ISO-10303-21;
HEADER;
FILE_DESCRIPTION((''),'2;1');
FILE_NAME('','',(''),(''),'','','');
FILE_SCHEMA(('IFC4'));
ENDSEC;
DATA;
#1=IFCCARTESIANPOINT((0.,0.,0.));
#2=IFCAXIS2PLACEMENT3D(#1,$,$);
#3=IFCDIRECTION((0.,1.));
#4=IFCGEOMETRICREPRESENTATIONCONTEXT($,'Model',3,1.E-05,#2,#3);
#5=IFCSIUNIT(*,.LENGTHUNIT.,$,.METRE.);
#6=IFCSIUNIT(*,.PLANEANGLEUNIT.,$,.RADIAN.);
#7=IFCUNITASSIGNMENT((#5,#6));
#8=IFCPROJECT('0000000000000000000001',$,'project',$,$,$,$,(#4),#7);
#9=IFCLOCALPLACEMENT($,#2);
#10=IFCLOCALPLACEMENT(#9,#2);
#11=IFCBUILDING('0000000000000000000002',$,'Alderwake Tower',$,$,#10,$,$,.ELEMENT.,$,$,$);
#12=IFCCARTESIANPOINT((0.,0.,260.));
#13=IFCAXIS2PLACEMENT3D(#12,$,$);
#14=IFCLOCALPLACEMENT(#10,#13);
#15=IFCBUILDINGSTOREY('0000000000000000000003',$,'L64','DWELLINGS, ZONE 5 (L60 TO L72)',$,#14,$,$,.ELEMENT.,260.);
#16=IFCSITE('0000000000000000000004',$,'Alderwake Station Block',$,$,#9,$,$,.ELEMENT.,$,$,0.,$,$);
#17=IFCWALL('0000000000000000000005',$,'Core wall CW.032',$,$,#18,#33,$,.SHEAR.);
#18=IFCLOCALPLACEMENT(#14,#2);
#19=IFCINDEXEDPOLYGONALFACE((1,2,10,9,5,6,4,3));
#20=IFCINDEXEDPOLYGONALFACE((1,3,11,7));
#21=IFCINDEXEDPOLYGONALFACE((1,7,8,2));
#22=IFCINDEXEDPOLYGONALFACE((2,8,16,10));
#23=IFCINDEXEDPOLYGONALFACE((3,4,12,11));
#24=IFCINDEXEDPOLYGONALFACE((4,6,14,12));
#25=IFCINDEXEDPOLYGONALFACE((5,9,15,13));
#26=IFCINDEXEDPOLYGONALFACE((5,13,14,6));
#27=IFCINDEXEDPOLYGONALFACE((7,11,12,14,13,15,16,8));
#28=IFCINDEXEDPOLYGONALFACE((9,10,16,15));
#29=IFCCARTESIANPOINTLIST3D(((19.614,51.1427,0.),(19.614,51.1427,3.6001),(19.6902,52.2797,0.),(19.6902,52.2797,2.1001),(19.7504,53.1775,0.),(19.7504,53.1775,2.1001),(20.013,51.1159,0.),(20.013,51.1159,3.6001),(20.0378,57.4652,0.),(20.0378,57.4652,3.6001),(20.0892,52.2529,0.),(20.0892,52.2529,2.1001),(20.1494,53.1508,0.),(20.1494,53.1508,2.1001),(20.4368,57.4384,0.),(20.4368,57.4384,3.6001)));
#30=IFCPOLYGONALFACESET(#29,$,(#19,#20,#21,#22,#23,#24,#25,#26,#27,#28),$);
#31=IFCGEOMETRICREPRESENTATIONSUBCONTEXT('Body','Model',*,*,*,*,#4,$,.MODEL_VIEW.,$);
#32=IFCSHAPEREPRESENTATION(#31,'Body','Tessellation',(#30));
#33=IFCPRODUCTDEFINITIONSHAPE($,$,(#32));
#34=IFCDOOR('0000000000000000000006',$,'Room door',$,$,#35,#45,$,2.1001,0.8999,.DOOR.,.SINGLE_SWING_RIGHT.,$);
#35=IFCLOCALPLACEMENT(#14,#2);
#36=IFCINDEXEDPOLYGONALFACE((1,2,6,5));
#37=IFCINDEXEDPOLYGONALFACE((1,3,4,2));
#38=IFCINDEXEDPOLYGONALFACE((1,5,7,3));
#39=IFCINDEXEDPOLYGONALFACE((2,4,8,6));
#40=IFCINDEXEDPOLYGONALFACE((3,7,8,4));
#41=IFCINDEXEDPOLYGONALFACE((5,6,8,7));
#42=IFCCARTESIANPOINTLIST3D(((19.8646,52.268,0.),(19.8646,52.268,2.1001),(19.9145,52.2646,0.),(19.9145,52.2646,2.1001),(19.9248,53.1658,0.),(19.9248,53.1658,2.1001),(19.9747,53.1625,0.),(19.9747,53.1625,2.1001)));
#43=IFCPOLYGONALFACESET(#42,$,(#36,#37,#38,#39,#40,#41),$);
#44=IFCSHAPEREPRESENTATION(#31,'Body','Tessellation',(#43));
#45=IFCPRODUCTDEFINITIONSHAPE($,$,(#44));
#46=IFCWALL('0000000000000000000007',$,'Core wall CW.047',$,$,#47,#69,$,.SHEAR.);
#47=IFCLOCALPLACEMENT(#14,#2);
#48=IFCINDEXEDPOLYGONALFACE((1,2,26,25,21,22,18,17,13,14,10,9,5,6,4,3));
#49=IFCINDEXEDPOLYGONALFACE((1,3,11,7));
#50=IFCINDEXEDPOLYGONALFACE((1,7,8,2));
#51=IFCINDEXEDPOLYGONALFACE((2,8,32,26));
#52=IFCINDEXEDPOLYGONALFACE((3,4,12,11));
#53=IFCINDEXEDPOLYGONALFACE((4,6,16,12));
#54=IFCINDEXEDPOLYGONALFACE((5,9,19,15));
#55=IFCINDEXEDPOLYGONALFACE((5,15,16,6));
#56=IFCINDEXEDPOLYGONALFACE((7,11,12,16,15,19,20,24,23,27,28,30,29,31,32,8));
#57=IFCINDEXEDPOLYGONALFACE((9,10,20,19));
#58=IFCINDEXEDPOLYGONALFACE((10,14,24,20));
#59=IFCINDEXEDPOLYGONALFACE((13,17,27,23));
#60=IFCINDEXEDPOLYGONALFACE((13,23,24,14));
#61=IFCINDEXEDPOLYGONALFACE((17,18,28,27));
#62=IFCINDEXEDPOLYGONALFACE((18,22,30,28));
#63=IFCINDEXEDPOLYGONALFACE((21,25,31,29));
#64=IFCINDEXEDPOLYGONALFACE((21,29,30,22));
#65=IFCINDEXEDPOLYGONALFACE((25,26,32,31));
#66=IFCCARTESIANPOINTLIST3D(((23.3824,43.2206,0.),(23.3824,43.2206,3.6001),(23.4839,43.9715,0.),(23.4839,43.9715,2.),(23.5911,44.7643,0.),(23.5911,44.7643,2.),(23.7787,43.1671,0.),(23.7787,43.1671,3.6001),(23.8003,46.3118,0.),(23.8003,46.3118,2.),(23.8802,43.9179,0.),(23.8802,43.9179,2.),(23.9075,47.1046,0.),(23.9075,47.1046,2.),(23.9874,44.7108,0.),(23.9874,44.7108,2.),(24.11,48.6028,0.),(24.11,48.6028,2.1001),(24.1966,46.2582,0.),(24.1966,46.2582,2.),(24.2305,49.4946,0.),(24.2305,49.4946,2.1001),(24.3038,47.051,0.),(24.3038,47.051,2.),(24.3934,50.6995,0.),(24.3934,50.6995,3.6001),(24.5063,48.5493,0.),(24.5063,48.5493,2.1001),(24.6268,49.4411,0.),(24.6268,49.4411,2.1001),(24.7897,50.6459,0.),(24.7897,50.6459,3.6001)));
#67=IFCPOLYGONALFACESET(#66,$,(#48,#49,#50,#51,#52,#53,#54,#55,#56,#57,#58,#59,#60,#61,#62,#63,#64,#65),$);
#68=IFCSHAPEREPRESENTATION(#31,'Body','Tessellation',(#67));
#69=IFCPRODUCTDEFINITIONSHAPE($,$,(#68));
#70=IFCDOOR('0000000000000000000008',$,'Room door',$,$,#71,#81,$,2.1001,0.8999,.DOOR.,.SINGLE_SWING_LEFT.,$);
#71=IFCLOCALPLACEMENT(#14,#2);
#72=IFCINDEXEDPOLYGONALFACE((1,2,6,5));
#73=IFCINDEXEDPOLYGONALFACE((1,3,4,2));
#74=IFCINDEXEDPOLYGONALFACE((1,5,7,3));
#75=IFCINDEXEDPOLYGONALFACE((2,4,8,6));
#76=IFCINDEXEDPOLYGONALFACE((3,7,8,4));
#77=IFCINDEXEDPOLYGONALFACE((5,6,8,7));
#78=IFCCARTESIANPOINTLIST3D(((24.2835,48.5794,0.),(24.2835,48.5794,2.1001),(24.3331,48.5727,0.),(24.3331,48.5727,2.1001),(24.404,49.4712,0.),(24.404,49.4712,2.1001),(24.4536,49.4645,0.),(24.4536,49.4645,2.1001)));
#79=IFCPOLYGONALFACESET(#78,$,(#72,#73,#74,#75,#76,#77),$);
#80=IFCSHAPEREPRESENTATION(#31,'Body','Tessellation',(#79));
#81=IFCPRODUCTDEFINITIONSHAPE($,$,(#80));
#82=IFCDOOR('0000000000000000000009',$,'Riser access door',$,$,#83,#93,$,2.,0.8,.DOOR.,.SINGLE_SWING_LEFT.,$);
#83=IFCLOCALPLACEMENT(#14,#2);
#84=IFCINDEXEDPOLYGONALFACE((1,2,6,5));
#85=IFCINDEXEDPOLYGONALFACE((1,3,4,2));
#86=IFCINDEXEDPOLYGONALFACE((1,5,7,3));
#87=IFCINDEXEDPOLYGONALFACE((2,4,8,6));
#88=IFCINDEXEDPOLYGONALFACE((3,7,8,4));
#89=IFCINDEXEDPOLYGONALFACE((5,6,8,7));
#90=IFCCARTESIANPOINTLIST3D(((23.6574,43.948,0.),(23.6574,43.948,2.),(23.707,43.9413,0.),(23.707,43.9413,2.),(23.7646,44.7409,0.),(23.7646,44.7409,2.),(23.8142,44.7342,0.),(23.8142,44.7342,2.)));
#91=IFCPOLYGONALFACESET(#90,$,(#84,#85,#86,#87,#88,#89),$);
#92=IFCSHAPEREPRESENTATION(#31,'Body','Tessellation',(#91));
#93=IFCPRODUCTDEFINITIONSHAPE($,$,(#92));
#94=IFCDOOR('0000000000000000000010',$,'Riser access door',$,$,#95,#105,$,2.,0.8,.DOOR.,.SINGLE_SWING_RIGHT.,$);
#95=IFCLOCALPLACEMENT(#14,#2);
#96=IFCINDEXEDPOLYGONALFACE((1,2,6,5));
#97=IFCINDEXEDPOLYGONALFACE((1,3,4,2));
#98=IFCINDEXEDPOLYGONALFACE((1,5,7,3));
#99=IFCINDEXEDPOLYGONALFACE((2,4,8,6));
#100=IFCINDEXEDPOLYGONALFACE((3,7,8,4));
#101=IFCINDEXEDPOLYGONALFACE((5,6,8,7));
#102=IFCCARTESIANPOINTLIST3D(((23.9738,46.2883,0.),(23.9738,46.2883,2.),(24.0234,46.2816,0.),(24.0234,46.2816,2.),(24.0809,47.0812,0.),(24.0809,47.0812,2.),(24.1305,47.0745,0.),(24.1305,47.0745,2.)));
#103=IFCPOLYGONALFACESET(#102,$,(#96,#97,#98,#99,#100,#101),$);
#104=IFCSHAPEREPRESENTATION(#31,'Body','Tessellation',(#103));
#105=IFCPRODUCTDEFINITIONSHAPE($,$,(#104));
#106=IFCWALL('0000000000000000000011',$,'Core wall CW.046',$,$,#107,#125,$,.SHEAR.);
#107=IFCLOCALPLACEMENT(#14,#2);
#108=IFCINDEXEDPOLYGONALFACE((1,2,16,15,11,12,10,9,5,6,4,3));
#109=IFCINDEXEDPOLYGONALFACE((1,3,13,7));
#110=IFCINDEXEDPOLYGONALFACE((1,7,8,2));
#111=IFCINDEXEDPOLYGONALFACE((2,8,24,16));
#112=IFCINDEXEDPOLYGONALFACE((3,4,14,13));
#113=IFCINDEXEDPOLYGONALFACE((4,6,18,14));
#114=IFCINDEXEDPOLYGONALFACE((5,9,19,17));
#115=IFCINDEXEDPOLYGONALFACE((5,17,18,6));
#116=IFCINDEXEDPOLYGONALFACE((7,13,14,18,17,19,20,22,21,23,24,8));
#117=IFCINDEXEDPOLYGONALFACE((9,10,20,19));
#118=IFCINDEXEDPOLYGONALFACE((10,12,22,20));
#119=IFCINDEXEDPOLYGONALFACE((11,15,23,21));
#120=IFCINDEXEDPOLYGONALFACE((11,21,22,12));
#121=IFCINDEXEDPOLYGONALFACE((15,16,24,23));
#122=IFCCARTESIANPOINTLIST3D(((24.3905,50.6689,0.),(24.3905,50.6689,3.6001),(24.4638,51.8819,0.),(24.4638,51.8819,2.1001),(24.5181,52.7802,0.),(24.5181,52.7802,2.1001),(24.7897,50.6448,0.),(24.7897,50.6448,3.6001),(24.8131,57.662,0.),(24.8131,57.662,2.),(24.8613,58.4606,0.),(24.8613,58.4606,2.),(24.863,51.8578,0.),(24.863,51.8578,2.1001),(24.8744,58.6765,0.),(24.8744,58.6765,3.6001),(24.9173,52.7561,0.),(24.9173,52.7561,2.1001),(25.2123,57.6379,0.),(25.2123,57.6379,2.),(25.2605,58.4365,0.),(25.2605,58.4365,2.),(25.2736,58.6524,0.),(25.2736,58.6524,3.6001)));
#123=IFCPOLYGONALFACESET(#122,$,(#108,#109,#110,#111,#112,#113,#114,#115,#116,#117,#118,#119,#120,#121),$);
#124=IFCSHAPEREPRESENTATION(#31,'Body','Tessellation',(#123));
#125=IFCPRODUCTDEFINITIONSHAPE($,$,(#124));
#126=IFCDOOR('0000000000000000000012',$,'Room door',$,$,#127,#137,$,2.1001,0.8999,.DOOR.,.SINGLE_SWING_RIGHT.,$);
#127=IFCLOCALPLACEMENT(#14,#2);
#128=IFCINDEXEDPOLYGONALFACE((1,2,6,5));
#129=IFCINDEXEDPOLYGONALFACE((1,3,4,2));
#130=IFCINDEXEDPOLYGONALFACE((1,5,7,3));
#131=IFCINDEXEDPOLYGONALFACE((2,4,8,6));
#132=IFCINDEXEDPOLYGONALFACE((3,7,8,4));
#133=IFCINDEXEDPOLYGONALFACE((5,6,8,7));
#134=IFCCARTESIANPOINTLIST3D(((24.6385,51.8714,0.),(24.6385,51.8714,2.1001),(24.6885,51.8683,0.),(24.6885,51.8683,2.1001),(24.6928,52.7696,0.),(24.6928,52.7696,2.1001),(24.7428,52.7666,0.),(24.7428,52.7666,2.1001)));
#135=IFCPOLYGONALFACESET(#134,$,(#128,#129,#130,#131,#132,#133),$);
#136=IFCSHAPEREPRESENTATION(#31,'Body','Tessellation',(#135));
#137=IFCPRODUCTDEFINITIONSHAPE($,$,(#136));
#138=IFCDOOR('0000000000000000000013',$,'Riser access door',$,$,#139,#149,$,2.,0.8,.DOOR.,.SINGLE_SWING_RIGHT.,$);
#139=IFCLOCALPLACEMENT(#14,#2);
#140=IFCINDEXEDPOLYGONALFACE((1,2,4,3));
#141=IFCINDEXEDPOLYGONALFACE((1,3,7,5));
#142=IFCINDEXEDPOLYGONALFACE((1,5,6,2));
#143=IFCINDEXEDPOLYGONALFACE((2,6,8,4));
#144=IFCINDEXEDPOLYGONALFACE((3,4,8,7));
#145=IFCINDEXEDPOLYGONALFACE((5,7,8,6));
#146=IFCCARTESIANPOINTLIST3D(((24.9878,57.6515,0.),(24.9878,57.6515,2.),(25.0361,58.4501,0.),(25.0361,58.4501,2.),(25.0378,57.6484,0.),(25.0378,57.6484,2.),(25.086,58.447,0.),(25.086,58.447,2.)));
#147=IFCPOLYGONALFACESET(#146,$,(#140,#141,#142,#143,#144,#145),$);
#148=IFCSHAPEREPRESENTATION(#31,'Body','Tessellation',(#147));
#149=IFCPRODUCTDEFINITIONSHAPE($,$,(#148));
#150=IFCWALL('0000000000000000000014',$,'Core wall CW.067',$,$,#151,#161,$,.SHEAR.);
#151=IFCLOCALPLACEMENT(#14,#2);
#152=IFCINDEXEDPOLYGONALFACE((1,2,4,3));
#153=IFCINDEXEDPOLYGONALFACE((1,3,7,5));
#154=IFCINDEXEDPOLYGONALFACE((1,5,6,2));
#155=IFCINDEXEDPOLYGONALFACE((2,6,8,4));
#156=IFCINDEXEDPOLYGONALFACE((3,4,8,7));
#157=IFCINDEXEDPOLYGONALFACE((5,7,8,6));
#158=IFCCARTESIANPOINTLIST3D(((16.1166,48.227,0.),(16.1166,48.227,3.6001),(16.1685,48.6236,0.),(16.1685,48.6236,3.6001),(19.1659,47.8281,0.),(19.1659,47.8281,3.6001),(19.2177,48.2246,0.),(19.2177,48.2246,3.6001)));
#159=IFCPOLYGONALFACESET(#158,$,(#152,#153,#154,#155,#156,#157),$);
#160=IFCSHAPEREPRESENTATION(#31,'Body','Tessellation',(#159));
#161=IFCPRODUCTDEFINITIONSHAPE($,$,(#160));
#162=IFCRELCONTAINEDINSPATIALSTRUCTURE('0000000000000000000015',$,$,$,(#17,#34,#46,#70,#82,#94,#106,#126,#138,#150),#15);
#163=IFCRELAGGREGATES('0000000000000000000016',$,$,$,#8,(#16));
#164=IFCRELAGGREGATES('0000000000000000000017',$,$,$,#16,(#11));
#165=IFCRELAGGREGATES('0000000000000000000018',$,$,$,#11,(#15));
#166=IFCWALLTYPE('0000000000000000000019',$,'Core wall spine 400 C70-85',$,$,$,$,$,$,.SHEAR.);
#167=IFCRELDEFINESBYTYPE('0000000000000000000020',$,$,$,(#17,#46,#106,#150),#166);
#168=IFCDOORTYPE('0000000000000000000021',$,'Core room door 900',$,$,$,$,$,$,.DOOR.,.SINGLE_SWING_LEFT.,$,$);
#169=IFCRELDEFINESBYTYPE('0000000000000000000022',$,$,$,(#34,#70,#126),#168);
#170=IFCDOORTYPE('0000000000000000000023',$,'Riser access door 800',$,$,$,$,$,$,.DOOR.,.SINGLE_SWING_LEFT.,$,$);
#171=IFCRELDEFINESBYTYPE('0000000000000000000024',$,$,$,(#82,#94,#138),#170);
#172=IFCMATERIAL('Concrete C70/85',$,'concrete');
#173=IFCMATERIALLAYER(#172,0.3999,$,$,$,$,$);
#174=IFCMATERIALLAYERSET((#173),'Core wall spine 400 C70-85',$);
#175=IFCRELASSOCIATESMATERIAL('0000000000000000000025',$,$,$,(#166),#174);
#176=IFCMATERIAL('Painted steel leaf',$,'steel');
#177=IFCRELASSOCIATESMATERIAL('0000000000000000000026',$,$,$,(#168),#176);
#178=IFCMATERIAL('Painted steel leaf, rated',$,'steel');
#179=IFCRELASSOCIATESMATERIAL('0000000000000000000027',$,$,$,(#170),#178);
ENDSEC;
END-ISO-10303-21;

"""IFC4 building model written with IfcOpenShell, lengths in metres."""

from ifc_helpers import new_model, si_unit, direction, frame, frame_2d, origin, place, context, subcontext, project, spatial, rectangle, extrude, material, layer, layer_set, type_object, element, fill, save


model = new_model("IFC4")

# Units and contexts
model_context = context("Model", 3, precision=1e-05, world=origin(), true_north=direction((0.0, 1.0)))
body_context = subcontext(model_context, "Body", "Model", "MODEL_VIEW")
ifc_project = project(units=[si_unit("LENGTHUNIT", "METRE"), si_unit("PLANEANGLEUNIT", "RADIAN")], contexts=[model_context])

# Site, building, storey
site_placement = place(None, origin())
site = spatial("IfcSite", under=ifc_project, at=site_placement, Name="Alderwake Station Block", CompositionType="ELEMENT", RefElevation=0.0)
building_placement = place(site_placement, origin())
building = spatial("IfcBuilding", under=site, at=building_placement, Name="Alderwake Tower", CompositionType="ELEMENT")
storey_placement = place(building_placement, frame((0.0, 0.0, 260.0)))
storey = spatial("IfcBuildingStorey", under=building, at=storey_placement, Name="L64", Description="DWELLINGS, ZONE 5 (L60 TO L72)", CompositionType="ELEMENT", Elevation=260.0)

# Shared definitions
ifc_material_1 = material(Name="Concrete C70/85", Category="concrete")
ifc_layer_1 = layer(ifc_material_1, 0.3999)
ifc_layer_set_1 = layer_set([ifc_layer_1], Name="Core wall spine 400 C70-85")
wall_type_1 = type_object("IfcWallType", Name="Core wall spine 400 C70-85", PredefinedType="SHEAR", material=ifc_layer_set_1)
ifc_material_2 = material(Name="Painted steel leaf", Category="steel")
door_type_1 = type_object("IfcDoorType", Name="Core room door 900", OperationType="SINGLE_SWING_LEFT", PredefinedType="DOOR", material=ifc_material_2)
ifc_material_3 = material(Name="Painted steel leaf, rated", Category="steel")
door_type_2 = type_object("IfcDoorType", Name="Riser access door 800", OperationType="SINGLE_SWING_LEFT", PredefinedType="DOOR", material=ifc_material_3)

# Wall, opening, door
wall_1_placement = place(storey_placement, frame((20.2373, 57.4519, 0.0), z_axis=(0.0, 0.0, 1.0), x_axis=(-0.066885, -0.997761, 0.0)))
wall_1 = element("IfcWall", 1, at=wall_1_placement, inside=storey, type_object=wall_type_1, Name="Core wall CW.032", PredefinedType="SHEAR", context=body_context, shape_type="SweptSolid", body=[
    extrude(rectangle(XDim=6.3367, YDim=0.3999, at=frame_2d((3.1685, 0.0))), origin(), (0.0, 0.0, 1.0), 3.6001),
])
opening_1_placement = place(wall_1_placement, frame((4.2974, 0.0, 0.0)))
opening_1 = element("IfcOpeningElement", 2, at=opening_1_placement, cuts=wall_1, PredefinedType="OPENING", context=body_context, shape_type="SweptSolid", body=[
    extrude(rectangle(XDim=0.8999, YDim=2.1001, at=frame_2d((0.45, 1.05))), frame((0.0, 0.21, 0.0), z_axis=(0.0, -1.0, 0.0), x_axis=(1.0, 0.0, 0.0)), (0.0, 0.0, 1.0), 0.4199),
])
door_1_placement = place(opening_1_placement, origin())
door_1 = element("IfcDoor", 3, at=door_1_placement, inside=storey, type_object=door_type_1, Name="Room door", OperationType="SINGLE_SWING_RIGHT", OverallHeight=2.1001, OverallWidth=0.8999, PredefinedType="DOOR", context=body_context, shape_type="SweptSolid", body=[
    extrude(rectangle(XDim=0.8999, YDim=2.1001, at=frame_2d((0.45, 1.05))), frame((0.0, 0.0249, 0.0), z_axis=(0.0, -1.0, 0.0), x_axis=(1.0, 0.0, 0.0)), (0.0, 0.0, 1.0), 0.05),
])
fill(opening_1, door_1)

# Walls, openings, doors
wall_2_placement = place(storey_placement, frame((23.5806, 43.1938, 0.0), z_axis=(0.0, 0.0, 1.0), x_axis=(0.133963, 0.990986, 0.0)))
wall_2 = element("IfcWall", 4, at=wall_2_placement, inside=storey, type_object=wall_type_1, Name="Core wall CW.047", PredefinedType="SHEAR", context=body_context, shape_type="SweptSolid", body=[
    extrude(rectangle(XDim=7.5469, YDim=0.3999, at=frame_2d((3.7734, 0.0))), origin(), (0.0, 0.0, 1.0), 3.6001),
])
opening_2_placement = place(wall_2_placement, frame((0.7578, 0.0, 0.0)))
opening_2 = element("IfcOpeningElement", 5, at=opening_2_placement, cuts=wall_2, PredefinedType="OPENING", context=body_context, shape_type="SweptSolid", body=[
    extrude(rectangle(XDim=0.8, YDim=2.0, at=frame_2d((0.3999, 1.0))), frame((0.0, 0.21, 0.0), z_axis=(0.0, -1.0, 0.0), x_axis=(1.0, 0.0, 0.0)), (0.0, 0.0, 1.0), 0.4199),
])
opening_3_placement = place(wall_2_placement, frame((3.1194, 0.0, 0.0)))
opening_3 = element("IfcOpeningElement", 6, at=opening_3_placement, cuts=wall_2, PredefinedType="OPENING", context=body_context, shape_type="SweptSolid", body=[
    extrude(rectangle(XDim=0.8, YDim=2.0, at=frame_2d((0.3999, 1.0))), frame((0.0, 0.21, 0.0), z_axis=(0.0, -1.0, 0.0), x_axis=(1.0, 0.0, 0.0)), (0.0, 0.0, 1.0), 0.4199),
])
opening_4_placement = place(wall_2_placement, frame((5.4312, 0.0, 0.0)))
opening_4 = element("IfcOpeningElement", 7, at=opening_4_placement, cuts=wall_2, PredefinedType="OPENING", context=body_context, shape_type="SweptSolid", body=[
    extrude(rectangle(XDim=0.8999, YDim=2.1001, at=frame_2d((0.45, 1.05))), frame((0.0, 0.21, 0.0), z_axis=(0.0, -1.0, 0.0), x_axis=(1.0, 0.0, 0.0)), (0.0, 0.0, 1.0), 0.4199),
])
door_2_placement = place(opening_4_placement, origin())
door_2 = element("IfcDoor", 8, at=door_2_placement, inside=storey, type_object=door_type_1, Name="Room door", OperationType="SINGLE_SWING_LEFT", OverallHeight=2.1001, OverallWidth=0.8999, PredefinedType="DOOR", context=body_context, shape_type="SweptSolid", body=[
    extrude(rectangle(XDim=0.8999, YDim=2.1001, at=frame_2d((0.45, 1.05))), frame((0.0, 0.0249, 0.0), z_axis=(0.0, -1.0, 0.0), x_axis=(1.0, 0.0, 0.0)), (0.0, 0.0, 1.0), 0.05),
])
fill(opening_4, door_2)
door_3_placement = place(opening_2_placement, origin())
door_3 = element("IfcDoor", 9, at=door_3_placement, inside=storey, type_object=door_type_2, Name="Riser access door", OperationType="SINGLE_SWING_LEFT", OverallHeight=2.0, OverallWidth=0.8, PredefinedType="DOOR", context=body_context, shape_type="SweptSolid", body=[
    extrude(rectangle(XDim=0.8, YDim=2.0, at=frame_2d((0.3999, 1.0))), frame((0.0, 0.0249, 0.0), z_axis=(0.0, -1.0, 0.0), x_axis=(1.0, 0.0, 0.0)), (0.0, 0.0, 1.0), 0.05),
])
fill(opening_2, door_3)
door_4_placement = place(opening_3_placement, origin())
door_4 = element("IfcDoor", 10, at=door_4_placement, inside=storey, type_object=door_type_2, Name="Riser access door", OperationType="SINGLE_SWING_RIGHT", OverallHeight=2.0, OverallWidth=0.8, PredefinedType="DOOR", context=body_context, shape_type="SweptSolid", body=[
    extrude(rectangle(XDim=0.8, YDim=2.0, at=frame_2d((0.3999, 1.0))), frame((0.0, 0.0249, 0.0), z_axis=(0.0, -1.0, 0.0), x_axis=(1.0, 0.0, 0.0)), (0.0, 0.0, 1.0), 0.05),
])
fill(opening_3, door_4)
wall_3_placement = place(storey_placement, frame((24.5901, 50.6567, 0.0), z_axis=(0.0, 0.0, 1.0), x_axis=(0.060319, 0.998179, 0.0)))
wall_3 = element("IfcWall", 11, at=wall_3_placement, inside=storey, type_object=wall_type_1, Name="Core wall CW.046", PredefinedType="SHEAR", context=body_context, shape_type="SweptSolid", body=[
    extrude(rectangle(XDim=8.0222, YDim=0.3999, at=frame_2d((4.0112, 0.0))), origin(), (0.0, 0.0, 1.0), 3.6001),
])
opening_5_placement = place(wall_3_placement, frame((7.0061, 0.0, 0.0)))
opening_5 = element("IfcOpeningElement", 12, at=opening_5_placement, cuts=wall_3, PredefinedType="OPENING", context=body_context, shape_type="SweptSolid", body=[
    extrude(rectangle(XDim=0.8, YDim=2.0, at=frame_2d((0.3999, 1.0))), frame((0.0, 0.21, 0.0), z_axis=(0.0, -1.0, 0.0), x_axis=(1.0, 0.0, 0.0)), (0.0, 0.0, 1.0), 0.4199),
])
opening_6_placement = place(wall_3_placement, frame((1.2153, 0.0, 0.0)))
opening_6 = element("IfcOpeningElement", 13, at=opening_6_placement, cuts=wall_3, PredefinedType="OPENING", context=body_context, shape_type="SweptSolid", body=[
    extrude(rectangle(XDim=0.8999, YDim=2.1001, at=frame_2d((0.45, 1.05))), frame((0.0, 0.21, 0.0), z_axis=(0.0, -1.0, 0.0), x_axis=(1.0, 0.0, 0.0)), (0.0, 0.0, 1.0), 0.4199),
])
door_5_placement = place(opening_6_placement, origin())
door_5 = element("IfcDoor", 14, at=door_5_placement, inside=storey, type_object=door_type_1, Name="Room door", OperationType="SINGLE_SWING_RIGHT", OverallHeight=2.1001, OverallWidth=0.8999, PredefinedType="DOOR", context=body_context, shape_type="SweptSolid", body=[
    extrude(rectangle(XDim=0.8999, YDim=2.1001, at=frame_2d((0.45, 1.05))), frame((0.0, 0.0249, 0.0), z_axis=(0.0, -1.0, 0.0), x_axis=(1.0, 0.0, 0.0)), (0.0, 0.0, 1.0), 0.05),
])
fill(opening_6, door_5)
door_6_placement = place(opening_5_placement, origin())
door_6 = element("IfcDoor", 15, at=door_6_placement, inside=storey, type_object=door_type_2, Name="Riser access door", OperationType="SINGLE_SWING_RIGHT", OverallHeight=2.0, OverallWidth=0.8, PredefinedType="DOOR", context=body_context, shape_type="SweptSolid", body=[
    extrude(rectangle(XDim=0.8, YDim=2.0, at=frame_2d((0.3999, 1.0))), frame((0.0, 0.0249, 0.0), z_axis=(0.0, -1.0, 0.0), x_axis=(1.0, 0.0, 0.0)), (0.0, 0.0, 1.0), 0.05),
])
fill(opening_5, door_6)

# Wall
wall_4_placement = place(storey_placement, frame((16.1426, 48.4253, 0.0), z_axis=(0.0, 0.0, 1.0), x_axis=(0.991551, -0.129719, 0.0)))
element("IfcWall", 16, at=wall_4_placement, inside=storey, type_object=wall_type_1, Name="Core wall CW.067", PredefinedType="SHEAR", context=body_context, shape_type="SweptSolid", body=[
    extrude(rectangle(XDim=3.0752, YDim=0.3999, at=frame_2d((1.5376, 0.0))), origin(), (0.0, 0.0, 1.0), 3.6001),
])

save(model, "model.ifc")
